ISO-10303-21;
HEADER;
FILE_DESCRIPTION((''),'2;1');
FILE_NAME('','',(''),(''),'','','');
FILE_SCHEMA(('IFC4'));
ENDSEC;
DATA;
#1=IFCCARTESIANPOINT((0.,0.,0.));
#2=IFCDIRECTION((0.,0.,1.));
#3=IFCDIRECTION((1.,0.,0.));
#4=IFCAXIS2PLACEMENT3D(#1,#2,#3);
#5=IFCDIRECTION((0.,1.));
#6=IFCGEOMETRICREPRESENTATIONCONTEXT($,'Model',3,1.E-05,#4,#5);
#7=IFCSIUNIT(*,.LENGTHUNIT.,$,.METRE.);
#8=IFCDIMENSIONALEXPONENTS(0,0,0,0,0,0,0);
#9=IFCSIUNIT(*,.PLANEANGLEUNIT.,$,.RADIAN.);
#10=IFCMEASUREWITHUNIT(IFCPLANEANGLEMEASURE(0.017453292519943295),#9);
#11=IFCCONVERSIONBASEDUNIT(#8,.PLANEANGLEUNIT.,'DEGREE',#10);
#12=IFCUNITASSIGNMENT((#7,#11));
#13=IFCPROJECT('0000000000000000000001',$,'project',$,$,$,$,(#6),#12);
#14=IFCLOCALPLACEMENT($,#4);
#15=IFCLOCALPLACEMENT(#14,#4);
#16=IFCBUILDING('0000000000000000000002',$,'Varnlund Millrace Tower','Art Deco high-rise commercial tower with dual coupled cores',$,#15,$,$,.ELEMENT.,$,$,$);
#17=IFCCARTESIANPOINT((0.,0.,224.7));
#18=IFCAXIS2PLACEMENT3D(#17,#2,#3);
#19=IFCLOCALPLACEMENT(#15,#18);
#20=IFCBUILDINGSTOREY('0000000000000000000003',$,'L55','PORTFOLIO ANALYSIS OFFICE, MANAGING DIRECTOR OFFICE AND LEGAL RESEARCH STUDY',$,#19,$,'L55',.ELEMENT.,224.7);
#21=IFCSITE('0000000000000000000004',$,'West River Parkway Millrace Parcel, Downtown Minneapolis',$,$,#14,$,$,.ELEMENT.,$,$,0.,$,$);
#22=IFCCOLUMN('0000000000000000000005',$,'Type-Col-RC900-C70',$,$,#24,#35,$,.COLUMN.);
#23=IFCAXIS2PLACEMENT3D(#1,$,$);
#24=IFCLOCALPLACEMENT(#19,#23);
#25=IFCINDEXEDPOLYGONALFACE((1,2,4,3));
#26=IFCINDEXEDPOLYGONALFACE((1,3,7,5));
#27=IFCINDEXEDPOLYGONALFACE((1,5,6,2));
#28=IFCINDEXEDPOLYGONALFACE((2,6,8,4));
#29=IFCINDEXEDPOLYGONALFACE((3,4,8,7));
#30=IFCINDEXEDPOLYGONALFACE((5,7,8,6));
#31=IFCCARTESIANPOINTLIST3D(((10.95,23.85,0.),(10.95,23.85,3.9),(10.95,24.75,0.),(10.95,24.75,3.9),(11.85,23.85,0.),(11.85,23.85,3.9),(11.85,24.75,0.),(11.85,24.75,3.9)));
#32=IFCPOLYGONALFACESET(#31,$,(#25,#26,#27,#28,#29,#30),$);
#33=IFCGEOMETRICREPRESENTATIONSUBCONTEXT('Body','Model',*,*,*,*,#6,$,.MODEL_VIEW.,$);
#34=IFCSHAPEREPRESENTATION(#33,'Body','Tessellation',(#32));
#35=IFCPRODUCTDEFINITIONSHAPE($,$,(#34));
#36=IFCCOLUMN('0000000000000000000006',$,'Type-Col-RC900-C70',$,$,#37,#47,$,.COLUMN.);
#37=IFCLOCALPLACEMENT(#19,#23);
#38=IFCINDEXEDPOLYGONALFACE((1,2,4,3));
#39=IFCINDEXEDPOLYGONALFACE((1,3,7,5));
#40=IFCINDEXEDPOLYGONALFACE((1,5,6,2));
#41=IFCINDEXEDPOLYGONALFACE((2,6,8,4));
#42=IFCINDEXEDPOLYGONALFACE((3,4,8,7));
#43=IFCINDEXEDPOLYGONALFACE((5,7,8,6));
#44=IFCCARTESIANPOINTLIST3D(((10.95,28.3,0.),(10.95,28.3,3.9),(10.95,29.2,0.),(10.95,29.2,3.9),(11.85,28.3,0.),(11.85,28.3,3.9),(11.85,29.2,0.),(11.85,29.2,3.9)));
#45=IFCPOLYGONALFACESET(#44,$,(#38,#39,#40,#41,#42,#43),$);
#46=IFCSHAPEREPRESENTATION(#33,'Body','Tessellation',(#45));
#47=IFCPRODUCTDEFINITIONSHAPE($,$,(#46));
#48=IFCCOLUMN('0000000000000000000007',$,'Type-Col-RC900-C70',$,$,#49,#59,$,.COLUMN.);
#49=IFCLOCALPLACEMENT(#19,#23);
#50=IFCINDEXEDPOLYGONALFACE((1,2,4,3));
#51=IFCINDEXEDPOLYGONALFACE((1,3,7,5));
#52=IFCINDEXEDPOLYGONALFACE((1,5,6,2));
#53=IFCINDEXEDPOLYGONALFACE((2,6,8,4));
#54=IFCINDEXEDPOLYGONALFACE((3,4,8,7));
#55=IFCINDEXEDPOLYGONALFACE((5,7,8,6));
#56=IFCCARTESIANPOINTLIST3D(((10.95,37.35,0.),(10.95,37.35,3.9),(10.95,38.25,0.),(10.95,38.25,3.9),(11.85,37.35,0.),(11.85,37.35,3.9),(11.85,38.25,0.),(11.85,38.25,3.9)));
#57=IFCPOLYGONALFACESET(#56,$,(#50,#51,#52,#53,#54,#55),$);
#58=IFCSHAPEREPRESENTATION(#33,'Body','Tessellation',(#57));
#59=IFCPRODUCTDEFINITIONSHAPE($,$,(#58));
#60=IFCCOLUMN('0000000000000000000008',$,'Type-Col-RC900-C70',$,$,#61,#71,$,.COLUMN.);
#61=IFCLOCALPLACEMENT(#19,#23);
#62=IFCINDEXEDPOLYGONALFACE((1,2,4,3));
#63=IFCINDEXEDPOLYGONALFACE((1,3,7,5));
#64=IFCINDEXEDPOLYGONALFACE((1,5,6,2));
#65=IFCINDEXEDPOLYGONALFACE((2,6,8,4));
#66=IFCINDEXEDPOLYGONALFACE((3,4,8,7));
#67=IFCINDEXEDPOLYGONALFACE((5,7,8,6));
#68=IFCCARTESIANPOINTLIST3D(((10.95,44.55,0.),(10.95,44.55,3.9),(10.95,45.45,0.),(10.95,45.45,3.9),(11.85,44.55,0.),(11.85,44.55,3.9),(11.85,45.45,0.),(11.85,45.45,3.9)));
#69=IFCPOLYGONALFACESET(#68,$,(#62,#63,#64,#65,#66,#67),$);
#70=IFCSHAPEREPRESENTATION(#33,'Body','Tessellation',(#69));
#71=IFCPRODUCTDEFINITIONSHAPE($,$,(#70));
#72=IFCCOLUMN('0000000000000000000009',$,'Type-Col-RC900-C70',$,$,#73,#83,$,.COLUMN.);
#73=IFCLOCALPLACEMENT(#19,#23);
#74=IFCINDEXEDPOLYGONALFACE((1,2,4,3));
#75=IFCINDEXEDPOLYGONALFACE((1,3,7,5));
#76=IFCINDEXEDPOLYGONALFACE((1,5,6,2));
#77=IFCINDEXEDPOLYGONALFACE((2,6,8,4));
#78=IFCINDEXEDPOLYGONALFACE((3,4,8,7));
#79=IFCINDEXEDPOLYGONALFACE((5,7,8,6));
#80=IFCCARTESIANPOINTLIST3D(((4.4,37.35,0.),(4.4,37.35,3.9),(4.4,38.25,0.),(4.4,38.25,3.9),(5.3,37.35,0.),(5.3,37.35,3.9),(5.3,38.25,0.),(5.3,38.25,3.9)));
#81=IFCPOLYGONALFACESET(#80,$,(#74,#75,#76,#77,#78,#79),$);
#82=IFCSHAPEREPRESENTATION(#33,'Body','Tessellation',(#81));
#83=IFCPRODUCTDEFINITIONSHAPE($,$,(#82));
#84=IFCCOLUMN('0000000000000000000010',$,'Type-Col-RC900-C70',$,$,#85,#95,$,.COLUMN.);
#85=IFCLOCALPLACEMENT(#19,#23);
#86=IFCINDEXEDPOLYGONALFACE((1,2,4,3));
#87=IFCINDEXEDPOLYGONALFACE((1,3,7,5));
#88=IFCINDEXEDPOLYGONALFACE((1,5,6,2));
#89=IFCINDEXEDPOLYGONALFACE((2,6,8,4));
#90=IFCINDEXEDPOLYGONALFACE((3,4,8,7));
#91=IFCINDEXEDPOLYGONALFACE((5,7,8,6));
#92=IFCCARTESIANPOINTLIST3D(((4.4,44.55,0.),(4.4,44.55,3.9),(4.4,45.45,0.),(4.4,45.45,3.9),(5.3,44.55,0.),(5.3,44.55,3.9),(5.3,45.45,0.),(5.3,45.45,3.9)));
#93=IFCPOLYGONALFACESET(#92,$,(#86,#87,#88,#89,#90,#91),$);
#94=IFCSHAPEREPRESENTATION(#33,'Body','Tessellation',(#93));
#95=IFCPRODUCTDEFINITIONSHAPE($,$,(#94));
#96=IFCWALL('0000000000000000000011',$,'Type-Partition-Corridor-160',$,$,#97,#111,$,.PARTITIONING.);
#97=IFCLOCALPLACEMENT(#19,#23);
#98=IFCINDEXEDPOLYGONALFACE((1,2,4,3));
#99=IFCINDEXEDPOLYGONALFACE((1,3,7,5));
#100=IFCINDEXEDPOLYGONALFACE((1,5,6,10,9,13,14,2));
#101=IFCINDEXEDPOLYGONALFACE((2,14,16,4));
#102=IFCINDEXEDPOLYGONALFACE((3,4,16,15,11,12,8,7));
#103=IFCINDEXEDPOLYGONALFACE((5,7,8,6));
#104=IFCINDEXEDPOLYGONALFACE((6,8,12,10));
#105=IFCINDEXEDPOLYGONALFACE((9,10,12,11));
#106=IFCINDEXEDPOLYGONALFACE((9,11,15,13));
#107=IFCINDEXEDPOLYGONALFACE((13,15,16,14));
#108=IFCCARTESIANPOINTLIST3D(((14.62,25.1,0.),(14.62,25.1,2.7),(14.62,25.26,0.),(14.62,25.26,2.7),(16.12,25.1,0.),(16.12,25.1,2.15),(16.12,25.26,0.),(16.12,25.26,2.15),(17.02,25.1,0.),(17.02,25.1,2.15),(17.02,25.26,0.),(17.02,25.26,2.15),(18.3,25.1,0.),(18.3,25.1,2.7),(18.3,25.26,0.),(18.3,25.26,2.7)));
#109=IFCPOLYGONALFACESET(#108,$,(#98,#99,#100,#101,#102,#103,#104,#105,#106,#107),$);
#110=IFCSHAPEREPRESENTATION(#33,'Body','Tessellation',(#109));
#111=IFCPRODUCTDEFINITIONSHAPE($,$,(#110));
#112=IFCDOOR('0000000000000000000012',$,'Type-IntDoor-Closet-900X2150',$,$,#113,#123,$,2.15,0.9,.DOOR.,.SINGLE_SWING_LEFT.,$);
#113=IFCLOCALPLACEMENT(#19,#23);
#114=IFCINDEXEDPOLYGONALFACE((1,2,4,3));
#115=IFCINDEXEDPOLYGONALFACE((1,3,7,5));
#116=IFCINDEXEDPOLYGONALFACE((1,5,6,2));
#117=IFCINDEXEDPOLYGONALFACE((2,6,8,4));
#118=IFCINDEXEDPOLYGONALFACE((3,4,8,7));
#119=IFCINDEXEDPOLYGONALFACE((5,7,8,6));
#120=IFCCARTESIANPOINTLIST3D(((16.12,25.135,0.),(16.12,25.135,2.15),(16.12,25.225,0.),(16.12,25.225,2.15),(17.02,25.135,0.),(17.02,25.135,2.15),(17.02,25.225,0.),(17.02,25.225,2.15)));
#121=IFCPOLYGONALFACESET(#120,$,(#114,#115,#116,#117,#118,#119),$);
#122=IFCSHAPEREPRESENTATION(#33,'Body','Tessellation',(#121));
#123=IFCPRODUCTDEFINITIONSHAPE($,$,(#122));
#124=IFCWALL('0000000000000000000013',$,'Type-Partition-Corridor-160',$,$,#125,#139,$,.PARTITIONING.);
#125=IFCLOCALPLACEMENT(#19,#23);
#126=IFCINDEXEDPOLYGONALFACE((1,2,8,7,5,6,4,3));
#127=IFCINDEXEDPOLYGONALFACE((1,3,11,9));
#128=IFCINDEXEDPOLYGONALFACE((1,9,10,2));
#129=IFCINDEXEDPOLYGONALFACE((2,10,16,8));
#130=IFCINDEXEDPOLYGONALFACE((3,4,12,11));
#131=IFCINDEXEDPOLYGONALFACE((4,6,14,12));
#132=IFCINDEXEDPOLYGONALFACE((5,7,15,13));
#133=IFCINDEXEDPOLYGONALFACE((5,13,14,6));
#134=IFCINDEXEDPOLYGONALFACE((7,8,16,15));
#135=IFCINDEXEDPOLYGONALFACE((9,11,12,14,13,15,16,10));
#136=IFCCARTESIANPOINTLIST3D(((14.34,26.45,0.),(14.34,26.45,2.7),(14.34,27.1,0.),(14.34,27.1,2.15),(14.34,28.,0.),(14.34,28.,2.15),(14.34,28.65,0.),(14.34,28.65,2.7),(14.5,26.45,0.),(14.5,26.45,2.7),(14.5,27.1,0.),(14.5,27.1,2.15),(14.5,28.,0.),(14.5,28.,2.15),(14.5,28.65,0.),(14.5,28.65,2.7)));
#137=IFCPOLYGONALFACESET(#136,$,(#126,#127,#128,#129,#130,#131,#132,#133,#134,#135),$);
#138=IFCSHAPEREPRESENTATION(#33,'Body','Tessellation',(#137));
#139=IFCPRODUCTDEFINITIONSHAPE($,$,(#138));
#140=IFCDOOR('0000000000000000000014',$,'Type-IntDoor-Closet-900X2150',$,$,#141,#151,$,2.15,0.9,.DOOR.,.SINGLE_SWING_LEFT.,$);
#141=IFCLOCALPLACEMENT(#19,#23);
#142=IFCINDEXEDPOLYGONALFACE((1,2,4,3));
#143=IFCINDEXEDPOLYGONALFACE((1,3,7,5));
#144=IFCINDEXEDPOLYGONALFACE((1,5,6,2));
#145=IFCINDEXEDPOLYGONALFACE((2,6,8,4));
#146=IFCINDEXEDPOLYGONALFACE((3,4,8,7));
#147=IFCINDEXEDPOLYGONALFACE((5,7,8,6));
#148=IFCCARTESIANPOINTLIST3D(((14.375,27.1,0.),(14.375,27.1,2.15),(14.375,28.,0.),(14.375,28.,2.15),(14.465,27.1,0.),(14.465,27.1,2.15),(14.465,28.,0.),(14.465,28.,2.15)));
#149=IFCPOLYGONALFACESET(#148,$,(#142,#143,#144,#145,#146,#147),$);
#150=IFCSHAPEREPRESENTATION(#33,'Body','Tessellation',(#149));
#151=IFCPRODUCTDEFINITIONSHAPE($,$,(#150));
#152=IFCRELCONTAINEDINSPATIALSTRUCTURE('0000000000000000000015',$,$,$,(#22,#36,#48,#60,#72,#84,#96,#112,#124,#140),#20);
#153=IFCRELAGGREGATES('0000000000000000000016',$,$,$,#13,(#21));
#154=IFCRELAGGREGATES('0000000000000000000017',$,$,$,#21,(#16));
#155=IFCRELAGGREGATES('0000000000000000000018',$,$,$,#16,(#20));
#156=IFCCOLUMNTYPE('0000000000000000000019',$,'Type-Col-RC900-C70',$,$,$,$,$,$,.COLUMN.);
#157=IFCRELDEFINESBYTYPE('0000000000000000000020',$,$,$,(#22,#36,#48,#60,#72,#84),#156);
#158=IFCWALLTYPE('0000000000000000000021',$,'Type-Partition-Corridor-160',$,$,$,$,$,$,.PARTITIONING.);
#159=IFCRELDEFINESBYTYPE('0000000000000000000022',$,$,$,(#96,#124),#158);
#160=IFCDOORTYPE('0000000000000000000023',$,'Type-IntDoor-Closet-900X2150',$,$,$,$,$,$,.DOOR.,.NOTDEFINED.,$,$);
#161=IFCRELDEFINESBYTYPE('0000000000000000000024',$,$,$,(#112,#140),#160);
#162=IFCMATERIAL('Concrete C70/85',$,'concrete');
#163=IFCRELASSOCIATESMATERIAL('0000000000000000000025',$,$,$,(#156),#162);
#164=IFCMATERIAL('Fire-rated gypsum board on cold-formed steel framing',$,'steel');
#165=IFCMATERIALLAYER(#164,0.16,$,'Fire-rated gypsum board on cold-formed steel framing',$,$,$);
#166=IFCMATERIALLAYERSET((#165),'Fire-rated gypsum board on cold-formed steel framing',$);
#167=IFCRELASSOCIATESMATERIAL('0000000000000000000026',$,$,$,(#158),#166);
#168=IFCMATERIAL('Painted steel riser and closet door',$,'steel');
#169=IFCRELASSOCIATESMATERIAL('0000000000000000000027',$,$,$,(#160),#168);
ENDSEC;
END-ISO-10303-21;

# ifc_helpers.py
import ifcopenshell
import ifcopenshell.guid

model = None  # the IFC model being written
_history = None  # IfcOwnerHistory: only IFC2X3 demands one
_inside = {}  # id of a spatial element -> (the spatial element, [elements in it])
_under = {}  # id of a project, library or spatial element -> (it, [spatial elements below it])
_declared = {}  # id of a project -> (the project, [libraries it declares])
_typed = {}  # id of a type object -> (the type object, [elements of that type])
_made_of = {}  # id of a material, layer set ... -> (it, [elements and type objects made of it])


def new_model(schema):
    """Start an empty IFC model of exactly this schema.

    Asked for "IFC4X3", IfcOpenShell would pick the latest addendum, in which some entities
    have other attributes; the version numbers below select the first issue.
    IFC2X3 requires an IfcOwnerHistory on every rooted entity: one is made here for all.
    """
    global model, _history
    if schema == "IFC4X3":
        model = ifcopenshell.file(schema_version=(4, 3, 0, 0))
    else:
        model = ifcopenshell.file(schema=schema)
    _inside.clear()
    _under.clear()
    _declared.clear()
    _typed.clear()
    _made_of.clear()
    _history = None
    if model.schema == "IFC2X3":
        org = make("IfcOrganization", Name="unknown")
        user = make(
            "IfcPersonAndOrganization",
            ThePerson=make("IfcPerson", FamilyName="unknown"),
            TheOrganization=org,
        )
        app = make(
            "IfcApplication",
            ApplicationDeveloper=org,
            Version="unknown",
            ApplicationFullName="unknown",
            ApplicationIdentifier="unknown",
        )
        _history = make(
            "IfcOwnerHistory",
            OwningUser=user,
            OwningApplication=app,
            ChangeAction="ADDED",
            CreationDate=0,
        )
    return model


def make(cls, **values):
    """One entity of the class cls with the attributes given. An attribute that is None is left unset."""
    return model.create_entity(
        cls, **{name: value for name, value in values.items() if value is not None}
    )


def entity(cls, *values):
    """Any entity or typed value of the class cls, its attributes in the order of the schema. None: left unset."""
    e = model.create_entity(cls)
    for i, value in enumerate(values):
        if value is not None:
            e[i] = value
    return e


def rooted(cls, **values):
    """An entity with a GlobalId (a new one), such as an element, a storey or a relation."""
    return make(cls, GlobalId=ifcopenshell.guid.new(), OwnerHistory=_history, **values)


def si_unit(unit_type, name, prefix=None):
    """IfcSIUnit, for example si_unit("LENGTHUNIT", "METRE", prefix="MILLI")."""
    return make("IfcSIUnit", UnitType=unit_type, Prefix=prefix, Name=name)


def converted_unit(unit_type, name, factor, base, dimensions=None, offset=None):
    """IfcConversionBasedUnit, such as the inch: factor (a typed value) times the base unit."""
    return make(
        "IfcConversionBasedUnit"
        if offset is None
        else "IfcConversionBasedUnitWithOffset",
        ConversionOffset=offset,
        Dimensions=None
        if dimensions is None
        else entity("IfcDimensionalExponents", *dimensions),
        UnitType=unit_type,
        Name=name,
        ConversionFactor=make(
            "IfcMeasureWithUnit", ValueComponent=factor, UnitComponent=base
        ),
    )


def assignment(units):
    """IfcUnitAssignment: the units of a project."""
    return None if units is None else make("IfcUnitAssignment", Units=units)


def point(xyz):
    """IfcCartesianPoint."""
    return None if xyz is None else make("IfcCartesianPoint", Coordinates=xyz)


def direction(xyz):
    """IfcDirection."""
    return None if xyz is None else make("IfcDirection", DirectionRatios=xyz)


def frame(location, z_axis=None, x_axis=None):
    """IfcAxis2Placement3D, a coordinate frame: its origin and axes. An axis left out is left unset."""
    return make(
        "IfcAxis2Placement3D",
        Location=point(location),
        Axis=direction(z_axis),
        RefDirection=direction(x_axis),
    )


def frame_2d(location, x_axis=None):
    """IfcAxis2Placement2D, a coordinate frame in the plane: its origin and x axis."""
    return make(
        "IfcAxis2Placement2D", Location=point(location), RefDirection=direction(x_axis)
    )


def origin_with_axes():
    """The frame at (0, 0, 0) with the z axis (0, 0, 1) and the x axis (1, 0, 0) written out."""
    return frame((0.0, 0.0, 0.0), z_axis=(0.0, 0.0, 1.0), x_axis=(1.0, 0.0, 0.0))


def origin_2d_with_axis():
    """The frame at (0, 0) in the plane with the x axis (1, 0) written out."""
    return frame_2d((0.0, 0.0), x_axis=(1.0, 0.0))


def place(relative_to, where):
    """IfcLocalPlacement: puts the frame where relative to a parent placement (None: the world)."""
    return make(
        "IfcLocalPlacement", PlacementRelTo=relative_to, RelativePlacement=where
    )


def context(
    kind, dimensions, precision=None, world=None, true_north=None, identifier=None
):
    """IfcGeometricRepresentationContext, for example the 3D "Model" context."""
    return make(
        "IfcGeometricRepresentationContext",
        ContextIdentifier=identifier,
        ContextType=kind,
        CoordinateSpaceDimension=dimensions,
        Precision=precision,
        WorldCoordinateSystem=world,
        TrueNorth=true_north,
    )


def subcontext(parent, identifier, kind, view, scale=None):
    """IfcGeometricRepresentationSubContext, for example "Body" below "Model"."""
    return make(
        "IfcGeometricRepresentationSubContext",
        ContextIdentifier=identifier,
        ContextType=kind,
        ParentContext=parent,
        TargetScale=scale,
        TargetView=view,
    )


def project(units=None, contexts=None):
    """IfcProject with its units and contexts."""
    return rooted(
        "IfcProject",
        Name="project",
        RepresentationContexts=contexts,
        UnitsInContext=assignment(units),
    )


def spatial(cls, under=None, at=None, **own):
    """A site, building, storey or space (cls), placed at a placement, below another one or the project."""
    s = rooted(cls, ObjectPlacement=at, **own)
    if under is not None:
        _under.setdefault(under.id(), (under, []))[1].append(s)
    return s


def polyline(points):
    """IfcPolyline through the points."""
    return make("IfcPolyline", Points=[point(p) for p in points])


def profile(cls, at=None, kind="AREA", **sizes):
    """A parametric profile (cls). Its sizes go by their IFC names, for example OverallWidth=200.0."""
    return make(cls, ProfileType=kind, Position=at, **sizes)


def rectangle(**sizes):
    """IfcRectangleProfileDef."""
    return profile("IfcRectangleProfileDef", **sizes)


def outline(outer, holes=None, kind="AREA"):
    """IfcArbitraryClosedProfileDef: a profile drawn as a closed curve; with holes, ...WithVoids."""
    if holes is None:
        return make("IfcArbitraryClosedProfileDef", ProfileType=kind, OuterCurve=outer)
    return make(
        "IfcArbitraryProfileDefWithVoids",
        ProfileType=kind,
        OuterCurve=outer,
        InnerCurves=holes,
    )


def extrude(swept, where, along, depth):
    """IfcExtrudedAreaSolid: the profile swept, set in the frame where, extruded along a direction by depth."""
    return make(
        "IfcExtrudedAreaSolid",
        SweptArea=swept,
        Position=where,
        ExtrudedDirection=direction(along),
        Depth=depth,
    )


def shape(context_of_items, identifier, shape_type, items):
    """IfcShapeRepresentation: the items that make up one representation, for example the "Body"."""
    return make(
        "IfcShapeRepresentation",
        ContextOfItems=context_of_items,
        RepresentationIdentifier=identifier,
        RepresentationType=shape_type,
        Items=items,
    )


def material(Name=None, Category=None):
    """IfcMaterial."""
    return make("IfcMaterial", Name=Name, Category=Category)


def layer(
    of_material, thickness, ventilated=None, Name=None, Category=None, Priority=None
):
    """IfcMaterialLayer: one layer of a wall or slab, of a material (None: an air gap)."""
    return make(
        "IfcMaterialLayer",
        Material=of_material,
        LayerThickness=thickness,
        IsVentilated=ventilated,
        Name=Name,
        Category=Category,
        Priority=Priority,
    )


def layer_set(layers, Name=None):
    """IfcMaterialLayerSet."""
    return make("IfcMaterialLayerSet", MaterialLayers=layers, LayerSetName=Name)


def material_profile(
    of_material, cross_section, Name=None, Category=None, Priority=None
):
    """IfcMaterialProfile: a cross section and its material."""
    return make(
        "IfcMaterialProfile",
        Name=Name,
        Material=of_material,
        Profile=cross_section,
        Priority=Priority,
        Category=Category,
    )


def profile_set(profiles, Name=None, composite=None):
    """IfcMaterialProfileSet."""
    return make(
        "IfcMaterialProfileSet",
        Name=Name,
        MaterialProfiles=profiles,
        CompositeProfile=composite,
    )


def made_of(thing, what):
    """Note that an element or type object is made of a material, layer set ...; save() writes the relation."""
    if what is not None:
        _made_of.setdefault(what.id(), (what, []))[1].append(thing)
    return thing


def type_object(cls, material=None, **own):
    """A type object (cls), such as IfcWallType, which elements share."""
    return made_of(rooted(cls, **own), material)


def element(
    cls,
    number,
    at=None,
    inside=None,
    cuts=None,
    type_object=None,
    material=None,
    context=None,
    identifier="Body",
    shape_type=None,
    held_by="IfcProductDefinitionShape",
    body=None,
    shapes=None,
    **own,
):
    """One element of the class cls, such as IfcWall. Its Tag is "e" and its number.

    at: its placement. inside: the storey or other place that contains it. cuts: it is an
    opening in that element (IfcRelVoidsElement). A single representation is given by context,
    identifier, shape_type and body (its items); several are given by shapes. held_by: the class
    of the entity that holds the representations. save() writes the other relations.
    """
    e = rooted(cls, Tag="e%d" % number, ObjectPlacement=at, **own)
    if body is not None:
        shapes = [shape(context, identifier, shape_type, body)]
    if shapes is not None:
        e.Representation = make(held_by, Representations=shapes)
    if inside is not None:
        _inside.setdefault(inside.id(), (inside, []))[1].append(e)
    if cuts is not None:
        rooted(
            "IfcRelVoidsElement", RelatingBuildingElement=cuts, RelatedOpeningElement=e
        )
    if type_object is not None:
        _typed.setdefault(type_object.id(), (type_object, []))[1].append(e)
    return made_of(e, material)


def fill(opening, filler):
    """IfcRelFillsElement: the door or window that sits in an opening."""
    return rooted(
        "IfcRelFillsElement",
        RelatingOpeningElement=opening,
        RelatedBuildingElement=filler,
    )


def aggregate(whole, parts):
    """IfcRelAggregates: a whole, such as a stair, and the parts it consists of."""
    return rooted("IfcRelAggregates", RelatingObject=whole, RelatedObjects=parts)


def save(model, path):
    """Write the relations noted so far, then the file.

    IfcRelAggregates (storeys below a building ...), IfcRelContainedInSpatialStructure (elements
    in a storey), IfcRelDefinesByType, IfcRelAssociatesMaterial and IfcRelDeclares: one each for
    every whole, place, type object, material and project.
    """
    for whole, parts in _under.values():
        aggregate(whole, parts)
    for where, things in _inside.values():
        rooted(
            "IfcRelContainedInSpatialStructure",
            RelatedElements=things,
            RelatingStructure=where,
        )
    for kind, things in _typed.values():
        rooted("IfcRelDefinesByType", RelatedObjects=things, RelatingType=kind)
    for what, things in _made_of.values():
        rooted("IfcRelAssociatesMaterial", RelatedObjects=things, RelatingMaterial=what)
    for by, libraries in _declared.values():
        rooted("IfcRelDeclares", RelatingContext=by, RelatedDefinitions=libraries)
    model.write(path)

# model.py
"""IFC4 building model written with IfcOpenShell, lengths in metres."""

from ifc_helpers import new_model, entity, si_unit, converted_unit, direction, frame, origin_with_axes, origin_2d_with_axis, place, context, subcontext, project, spatial, polyline, rectangle, outline, extrude, material, layer, layer_set, material_profile, profile_set, type_object, element, fill, save


model = new_model("IFC4")

# Units and contexts
model_context = context("Model", 3, precision=1e-05, world=origin_with_axes(), true_north=direction((0.0, 1.0)))
body_context = subcontext(model_context, "Body", "Model", "MODEL_VIEW")
ifc_project = project(units=[si_unit("LENGTHUNIT", "METRE"), converted_unit("PLANEANGLEUNIT", "DEGREE", entity("IfcPlaneAngleMeasure", 0.017453292519943295), si_unit("PLANEANGLEUNIT", "RADIAN"), dimensions=[0, 0, 0, 0, 0, 0, 0])], contexts=[model_context])

# Site, building, storey
site_placement = place(None, origin_with_axes())
site = spatial("IfcSite", under=ifc_project, at=site_placement, Name="West River Parkway Millrace Parcel, Downtown Minneapolis", CompositionType="ELEMENT", RefElevation=0.0)
building_placement = place(site_placement, origin_with_axes())
building = spatial("IfcBuilding", under=site, at=building_placement, Name="Varnlund Millrace Tower", Description="Art Deco high-rise commercial tower with dual coupled cores", CompositionType="ELEMENT")
storey_placement = place(building_placement, frame((0.0, 0.0, 224.7), z_axis=(0.0, 0.0, 1.0), x_axis=(1.0, 0.0, 0.0)))
storey = spatial("IfcBuildingStorey", under=building, at=storey_placement, Name="L55", Description="PORTFOLIO ANALYSIS OFFICE, MANAGING DIRECTOR OFFICE AND LEGAL RESEARCH STUDY", LongName="L55", CompositionType="ELEMENT", Elevation=224.7)

# Columns
ifc_material_1 = material(Name="Concrete C70/85", Category="concrete")
ifc_material_profile = material_profile(ifc_material_1, rectangle(XDim=0.9, YDim=0.9, at=origin_2d_with_axis()), Name="Concrete C70/85")
ifc_profile_set = profile_set([ifc_material_profile], Name="Concrete C70/85")
column_type = type_object("IfcColumnType", Name="Type-Col-RC900-C70", PredefinedType="COLUMN", material=ifc_profile_set)
for number, where, z_axis, x_axis, name in (
    (1, (11.4, 24.3, 0.0), (0.0, 0.0, 1.0), (1.0, 0.0, 0.0), "Type-Col-RC900-C70"),
    (2, (11.4, 28.75, 0.0), (0.0, 0.0, 1.0), (1.0, 0.0, 0.0), "Type-Col-RC900-C70"),
    (3, (11.4, 37.8, 0.0), (0.0, 0.0, 1.0), (1.0, 0.0, 0.0), "Type-Col-RC900-C70"),
    (4, (11.4, 45.0, 0.0), (0.0, 0.0, 1.0), (1.0, 0.0, 0.0), "Type-Col-RC900-C70"),
    (5, (4.85, 37.8, 0.0), (0.0, 0.0, 1.0), (1.0, 0.0, 0.0), "Type-Col-RC900-C70"),
    (6, (4.85, 45.0, 0.0), (0.0, 0.0, 1.0), (1.0, 0.0, 0.0), "Type-Col-RC900-C70"),
):
    element("IfcColumn", number, at=place(storey_placement, frame(where, z_axis=z_axis, x_axis=x_axis)), inside=storey, type_object=column_type, Name=name, PredefinedType="COLUMN", context=body_context, shape_type="SweptSolid", body=[
        extrude(rectangle(XDim=0.9, YDim=0.9, at=origin_2d_with_axis()), origin_with_axes(), (0.0, 0.0, 1.0), 3.9),
    ])

# Walls, openings, doors
ifc_material_2 = material(Name="Fire-rated gypsum board on cold-formed steel framing", Category="steel")
ifc_layer_1 = layer(ifc_material_2, 0.16, Name="Fire-rated gypsum board on cold-formed steel framing")
ifc_layer_set_1 = layer_set([ifc_layer_1], Name="Fire-rated gypsum board on cold-formed steel framing")
wall_type_1 = type_object("IfcWallType", Name="Type-Partition-Corridor-160", PredefinedType="PARTITIONING", material=ifc_layer_set_1)
wall_1_placement = place(storey_placement, frame((14.62, 25.18, 0.0), z_axis=(0.0, 0.0, 1.0), x_axis=(1.0, 0.0, 0.0)))
wall_1 = element("IfcWall", 7, at=wall_1_placement, inside=storey, type_object=wall_type_1, Name="Type-Partition-Corridor-160", PredefinedType="PARTITIONING", context=body_context, shape_type="SweptSolid", body=[
    extrude(outline(polyline([(0.0, -0.08), (3.68, -0.08), (3.68, 0.08), (0.0, 0.08), (0.0, -0.08)])), origin_with_axes(), (0.0, 0.0, 1.0), 2.7),
])
opening_1_placement = place(wall_1_placement, frame((1.95, 0.0, 0.0), z_axis=(0.0, 0.0, 1.0), x_axis=(1.0, 0.0, 0.0)))
opening_1 = element("IfcOpeningElement", 8, at=opening_1_placement, cuts=wall_1, PredefinedType="OPENING", context=body_context, shape_type="SweptSolid", body=[
    extrude(rectangle(XDim=0.9, YDim=0.18, at=origin_2d_with_axis()), origin_with_axes(), (0.0, 0.0, 1.0), 2.15),
])
ifc_material_3 = material(Name="Painted steel riser and closet door", Category="steel")
door_type_1 = type_object("IfcDoorType", Name="Type-IntDoor-Closet-900X2150", OperationType="NOTDEFINED", PredefinedType="DOOR", material=ifc_material_3)
door_1_placement = place(wall_1_placement, frame((1.95, 0.0, 0.0), z_axis=(0.0, 0.0, 1.0), x_axis=(1.0, 0.0, 0.0)))
door_1 = element("IfcDoor", 9, at=door_1_placement, inside=storey, type_object=door_type_1, Name="Type-IntDoor-Closet-900X2150", OperationType="SINGLE_SWING_LEFT", OverallHeight=2.15, OverallWidth=0.9, PredefinedType="DOOR", context=body_context, shape_type="SweptSolid", body=[
    extrude(rectangle(XDim=0.9, YDim=0.09, at=origin_2d_with_axis()), origin_with_axes(), (0.0, 0.0, 1.0), 2.15),
])
fill(opening_1, door_1)
wall_2_placement = place(storey_placement, frame((14.42, 26.45, 0.0), z_axis=(0.0, 0.0, 1.0), x_axis=(0.0, 1.0, 0.0)))
wall_2 = element("IfcWall", 10, at=wall_2_placement, inside=storey, type_object=wall_type_1, Name="Type-Partition-Corridor-160", PredefinedType="PARTITIONING", context=body_context, shape_type="SweptSolid", body=[
    extrude(outline(polyline([(0.0, -0.08), (2.2, -0.08), (2.2, 0.08), (0.0, 0.08), (0.0, -0.08)])), origin_with_axes(), (0.0, 0.0, 1.0), 2.7),
])
opening_2_placement = place(wall_2_placement, frame((1.1, 0.0, 0.0), z_axis=(0.0, 0.0, 1.0), x_axis=(1.0, 0.0, 0.0)))
opening_2 = element("IfcOpeningElement", 11, at=opening_2_placement, cuts=wall_2, PredefinedType="OPENING", context=body_context, shape_type="SweptSolid", body=[
    extrude(rectangle(XDim=0.9, YDim=0.18, at=origin_2d_with_axis()), origin_with_axes(), (0.0, 0.0, 1.0), 2.15),
])
door_2_placement = place(wall_2_placement, frame((1.1, 0.0, 0.0), z_axis=(0.0, 0.0, 1.0), x_axis=(1.0, 0.0, 0.0)))
door_2 = element("IfcDoor", 12, at=door_2_placement, inside=storey, type_object=door_type_1, Name="Type-IntDoor-Closet-900X2150", OperationType="SINGLE_SWING_LEFT", OverallHeight=2.15, OverallWidth=0.9, PredefinedType="DOOR", context=body_context, shape_type="SweptSolid", body=[
    extrude(rectangle(XDim=0.9, YDim=0.09, at=origin_2d_with_axis()), origin_with_axes(), (0.0, 0.0, 1.0), 2.15),
])
fill(opening_2, door_2)

save(model, "model.ifc")
